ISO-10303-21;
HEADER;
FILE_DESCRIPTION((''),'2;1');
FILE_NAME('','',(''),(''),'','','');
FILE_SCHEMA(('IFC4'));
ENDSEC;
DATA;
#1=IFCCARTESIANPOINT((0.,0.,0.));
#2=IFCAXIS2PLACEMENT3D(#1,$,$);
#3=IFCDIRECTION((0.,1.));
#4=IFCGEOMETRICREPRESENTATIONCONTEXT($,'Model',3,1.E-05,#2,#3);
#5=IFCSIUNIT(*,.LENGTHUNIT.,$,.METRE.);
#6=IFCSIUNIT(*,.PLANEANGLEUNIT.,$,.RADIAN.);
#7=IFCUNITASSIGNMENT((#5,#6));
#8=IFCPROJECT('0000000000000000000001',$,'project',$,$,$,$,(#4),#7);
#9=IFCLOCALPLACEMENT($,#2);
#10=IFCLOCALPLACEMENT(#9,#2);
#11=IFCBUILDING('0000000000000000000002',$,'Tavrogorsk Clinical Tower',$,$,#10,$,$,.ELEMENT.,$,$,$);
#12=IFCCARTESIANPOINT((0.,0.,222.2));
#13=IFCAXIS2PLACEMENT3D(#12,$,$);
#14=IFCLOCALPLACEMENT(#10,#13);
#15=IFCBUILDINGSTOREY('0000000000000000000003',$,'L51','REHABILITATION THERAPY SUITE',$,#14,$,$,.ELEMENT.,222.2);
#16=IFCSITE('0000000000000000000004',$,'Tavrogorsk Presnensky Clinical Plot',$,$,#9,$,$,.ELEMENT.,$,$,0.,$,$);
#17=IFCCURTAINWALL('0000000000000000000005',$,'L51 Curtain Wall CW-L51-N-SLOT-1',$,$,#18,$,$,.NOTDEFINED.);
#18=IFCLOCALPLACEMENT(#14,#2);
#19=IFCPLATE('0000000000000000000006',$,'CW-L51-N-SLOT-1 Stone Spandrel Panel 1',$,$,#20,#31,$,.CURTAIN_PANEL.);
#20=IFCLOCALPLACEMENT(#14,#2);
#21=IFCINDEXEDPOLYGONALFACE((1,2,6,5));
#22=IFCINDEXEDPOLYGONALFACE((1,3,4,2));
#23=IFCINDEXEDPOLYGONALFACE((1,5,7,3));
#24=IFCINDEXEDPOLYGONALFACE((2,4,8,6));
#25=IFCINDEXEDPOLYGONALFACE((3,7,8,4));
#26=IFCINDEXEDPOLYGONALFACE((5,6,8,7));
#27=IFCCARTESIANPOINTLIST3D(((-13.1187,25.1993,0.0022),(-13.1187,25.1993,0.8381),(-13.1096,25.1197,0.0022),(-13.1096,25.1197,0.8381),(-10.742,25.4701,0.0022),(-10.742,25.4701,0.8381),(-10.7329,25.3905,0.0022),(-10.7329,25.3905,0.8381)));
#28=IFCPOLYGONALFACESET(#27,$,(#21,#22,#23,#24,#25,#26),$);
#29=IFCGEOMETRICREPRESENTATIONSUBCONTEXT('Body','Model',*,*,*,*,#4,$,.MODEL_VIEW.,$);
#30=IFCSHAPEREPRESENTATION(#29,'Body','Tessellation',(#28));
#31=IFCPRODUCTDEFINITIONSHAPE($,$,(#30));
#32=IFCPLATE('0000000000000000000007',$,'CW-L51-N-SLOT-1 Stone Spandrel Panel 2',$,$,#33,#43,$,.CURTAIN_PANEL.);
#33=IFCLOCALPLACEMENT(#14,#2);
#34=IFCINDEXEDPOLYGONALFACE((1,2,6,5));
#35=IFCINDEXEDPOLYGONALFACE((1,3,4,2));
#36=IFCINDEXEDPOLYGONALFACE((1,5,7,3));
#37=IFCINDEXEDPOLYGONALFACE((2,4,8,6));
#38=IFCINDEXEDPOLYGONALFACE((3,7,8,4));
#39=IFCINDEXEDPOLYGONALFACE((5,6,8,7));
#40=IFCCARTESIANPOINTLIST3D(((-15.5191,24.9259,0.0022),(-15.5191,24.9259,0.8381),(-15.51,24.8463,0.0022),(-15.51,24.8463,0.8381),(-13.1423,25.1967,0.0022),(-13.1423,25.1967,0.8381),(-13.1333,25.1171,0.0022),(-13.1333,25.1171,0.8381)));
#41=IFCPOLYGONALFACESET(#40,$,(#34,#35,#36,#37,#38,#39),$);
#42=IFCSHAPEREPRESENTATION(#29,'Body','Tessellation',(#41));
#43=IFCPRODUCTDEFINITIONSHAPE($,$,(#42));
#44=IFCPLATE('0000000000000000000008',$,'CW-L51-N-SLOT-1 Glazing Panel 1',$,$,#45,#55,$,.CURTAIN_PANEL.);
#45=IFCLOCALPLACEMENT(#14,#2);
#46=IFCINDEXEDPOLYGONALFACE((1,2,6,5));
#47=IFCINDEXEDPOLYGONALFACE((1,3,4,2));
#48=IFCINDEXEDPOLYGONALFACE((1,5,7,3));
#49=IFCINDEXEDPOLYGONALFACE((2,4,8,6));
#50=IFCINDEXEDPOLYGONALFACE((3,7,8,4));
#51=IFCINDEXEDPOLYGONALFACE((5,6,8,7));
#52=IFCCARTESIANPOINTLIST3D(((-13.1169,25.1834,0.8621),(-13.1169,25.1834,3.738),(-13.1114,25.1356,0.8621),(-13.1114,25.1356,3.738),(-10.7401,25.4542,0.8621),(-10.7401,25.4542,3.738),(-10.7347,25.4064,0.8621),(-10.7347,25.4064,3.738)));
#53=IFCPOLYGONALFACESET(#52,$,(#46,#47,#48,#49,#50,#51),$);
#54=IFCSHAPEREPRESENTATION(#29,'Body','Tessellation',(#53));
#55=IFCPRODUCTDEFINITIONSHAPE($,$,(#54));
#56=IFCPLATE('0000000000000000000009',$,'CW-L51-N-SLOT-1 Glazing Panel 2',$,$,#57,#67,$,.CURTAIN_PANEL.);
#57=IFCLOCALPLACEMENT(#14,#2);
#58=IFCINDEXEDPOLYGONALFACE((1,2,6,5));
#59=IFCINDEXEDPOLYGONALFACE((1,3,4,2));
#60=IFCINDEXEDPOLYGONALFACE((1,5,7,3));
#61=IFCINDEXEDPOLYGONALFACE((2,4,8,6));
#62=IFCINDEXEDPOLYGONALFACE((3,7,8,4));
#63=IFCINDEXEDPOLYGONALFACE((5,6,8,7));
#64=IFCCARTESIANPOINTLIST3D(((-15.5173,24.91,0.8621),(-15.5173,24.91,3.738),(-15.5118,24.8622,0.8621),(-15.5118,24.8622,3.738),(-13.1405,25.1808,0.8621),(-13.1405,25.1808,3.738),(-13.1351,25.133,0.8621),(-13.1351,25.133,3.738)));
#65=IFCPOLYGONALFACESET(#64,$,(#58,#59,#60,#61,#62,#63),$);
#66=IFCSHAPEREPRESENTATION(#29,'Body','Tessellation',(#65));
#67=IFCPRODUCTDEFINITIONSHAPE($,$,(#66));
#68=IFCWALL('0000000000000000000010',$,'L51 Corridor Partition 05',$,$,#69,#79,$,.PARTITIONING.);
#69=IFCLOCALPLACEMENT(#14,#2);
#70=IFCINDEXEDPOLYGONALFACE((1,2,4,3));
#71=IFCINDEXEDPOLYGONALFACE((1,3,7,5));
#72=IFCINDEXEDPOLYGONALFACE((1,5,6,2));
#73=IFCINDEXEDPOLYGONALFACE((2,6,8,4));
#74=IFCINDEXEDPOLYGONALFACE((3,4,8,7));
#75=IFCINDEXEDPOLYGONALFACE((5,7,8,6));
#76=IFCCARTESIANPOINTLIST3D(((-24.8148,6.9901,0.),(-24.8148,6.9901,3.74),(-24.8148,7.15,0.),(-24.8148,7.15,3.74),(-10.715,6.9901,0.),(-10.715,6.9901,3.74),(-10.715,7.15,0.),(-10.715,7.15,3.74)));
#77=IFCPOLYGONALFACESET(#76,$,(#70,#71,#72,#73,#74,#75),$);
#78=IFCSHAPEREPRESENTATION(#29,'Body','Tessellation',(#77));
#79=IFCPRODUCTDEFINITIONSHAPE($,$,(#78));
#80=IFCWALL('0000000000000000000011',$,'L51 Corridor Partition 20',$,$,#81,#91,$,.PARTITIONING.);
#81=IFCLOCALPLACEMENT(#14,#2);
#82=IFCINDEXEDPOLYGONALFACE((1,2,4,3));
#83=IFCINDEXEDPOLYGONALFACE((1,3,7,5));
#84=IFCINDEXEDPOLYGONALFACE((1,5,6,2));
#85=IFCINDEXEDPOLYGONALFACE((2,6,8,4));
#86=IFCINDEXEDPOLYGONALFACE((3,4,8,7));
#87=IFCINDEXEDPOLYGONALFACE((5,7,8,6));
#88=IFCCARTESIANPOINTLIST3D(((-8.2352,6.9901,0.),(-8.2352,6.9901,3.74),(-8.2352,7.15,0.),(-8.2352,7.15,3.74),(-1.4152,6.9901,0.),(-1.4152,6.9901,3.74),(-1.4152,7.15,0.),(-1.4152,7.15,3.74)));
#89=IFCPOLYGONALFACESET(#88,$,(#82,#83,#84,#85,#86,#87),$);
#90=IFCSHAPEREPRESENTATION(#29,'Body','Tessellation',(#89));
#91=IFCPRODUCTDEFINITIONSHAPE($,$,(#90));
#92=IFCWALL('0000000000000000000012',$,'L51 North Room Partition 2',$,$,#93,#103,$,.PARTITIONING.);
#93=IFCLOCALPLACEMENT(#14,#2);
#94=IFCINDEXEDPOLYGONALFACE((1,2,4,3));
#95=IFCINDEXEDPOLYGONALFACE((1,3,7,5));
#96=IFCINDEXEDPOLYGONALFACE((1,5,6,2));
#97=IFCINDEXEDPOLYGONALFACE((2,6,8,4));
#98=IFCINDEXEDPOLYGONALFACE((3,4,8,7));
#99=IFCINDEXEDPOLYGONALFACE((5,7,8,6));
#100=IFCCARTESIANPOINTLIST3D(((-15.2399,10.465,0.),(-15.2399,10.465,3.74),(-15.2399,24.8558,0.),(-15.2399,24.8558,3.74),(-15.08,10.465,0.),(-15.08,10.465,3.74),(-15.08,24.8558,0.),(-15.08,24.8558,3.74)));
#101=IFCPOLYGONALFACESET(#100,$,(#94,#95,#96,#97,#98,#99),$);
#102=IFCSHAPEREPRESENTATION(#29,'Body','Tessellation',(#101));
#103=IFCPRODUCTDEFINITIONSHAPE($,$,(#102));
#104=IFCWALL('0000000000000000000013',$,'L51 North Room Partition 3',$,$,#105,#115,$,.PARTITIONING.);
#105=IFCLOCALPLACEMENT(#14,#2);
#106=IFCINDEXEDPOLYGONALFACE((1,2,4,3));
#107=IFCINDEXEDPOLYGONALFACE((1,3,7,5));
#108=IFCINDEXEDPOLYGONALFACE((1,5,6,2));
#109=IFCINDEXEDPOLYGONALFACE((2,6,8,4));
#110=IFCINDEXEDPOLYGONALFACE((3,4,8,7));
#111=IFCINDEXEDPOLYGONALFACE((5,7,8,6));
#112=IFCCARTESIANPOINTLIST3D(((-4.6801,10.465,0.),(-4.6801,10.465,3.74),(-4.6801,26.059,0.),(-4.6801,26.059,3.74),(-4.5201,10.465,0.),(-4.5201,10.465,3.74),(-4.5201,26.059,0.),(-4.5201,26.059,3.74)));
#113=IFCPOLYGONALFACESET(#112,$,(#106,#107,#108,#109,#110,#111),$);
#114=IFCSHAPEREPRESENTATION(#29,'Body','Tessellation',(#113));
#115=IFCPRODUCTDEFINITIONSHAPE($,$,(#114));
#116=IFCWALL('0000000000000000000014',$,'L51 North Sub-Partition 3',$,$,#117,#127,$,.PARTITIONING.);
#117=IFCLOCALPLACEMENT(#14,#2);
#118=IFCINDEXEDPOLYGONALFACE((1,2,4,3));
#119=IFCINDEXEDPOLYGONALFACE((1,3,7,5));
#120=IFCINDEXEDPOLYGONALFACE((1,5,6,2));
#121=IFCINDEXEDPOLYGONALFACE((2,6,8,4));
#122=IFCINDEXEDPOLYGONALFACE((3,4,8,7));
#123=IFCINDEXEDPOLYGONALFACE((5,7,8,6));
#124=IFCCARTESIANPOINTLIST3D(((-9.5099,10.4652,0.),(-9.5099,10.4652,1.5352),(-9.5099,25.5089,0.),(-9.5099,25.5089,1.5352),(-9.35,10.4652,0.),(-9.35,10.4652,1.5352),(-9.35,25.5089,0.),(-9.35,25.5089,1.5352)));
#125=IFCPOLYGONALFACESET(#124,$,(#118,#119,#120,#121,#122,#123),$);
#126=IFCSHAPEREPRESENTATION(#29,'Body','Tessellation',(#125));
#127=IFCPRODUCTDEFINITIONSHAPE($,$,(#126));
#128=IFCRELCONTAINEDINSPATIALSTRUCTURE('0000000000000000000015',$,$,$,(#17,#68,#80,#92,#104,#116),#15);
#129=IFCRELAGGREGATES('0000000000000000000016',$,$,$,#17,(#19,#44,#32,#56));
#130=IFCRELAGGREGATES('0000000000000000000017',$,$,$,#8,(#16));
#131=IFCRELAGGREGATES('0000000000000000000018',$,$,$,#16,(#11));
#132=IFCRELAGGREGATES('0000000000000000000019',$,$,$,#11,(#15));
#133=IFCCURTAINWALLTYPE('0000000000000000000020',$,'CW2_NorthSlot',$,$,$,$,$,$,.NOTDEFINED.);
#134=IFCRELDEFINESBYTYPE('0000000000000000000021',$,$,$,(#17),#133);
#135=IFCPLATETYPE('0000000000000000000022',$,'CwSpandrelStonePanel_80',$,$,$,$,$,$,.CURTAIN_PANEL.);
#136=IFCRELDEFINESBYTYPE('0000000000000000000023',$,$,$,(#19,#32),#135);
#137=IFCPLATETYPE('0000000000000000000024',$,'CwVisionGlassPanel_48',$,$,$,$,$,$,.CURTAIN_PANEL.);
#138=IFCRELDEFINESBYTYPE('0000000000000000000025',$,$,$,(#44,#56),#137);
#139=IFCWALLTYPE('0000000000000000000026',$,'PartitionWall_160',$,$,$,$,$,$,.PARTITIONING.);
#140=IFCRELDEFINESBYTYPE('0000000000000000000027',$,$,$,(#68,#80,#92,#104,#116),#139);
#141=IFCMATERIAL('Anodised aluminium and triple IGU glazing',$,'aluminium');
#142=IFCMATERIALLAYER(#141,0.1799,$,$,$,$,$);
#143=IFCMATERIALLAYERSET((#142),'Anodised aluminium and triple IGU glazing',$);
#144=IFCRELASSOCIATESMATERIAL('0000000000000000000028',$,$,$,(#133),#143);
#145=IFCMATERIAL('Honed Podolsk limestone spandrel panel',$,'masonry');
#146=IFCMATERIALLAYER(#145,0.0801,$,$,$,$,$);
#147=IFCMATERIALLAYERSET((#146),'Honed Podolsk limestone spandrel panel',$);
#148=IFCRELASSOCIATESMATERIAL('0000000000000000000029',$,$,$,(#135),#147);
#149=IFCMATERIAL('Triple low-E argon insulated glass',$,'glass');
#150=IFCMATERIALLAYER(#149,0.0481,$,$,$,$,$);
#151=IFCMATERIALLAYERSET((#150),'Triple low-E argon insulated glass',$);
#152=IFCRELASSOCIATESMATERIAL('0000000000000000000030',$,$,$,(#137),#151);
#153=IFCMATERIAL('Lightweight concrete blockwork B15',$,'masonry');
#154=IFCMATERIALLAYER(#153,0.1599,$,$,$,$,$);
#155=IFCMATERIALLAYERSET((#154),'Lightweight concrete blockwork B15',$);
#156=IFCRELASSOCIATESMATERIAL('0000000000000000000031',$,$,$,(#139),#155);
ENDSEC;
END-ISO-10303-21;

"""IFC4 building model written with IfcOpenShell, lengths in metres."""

from ifc_helpers import new_model, si_unit, direction, frame, frame_2d, origin, origin_2d, place, context, subcontext, project, spatial, rectangle, extrude, material, layer, layer_set, type_object, element, aggregate, save


model = new_model("IFC4")

# Units and contexts
model_context = context("Model", 3, precision=1e-05, world=origin(), true_north=direction((0.0, 1.0)))
body_context = subcontext(model_context, "Body", "Model", "MODEL_VIEW")
ifc_project = project(units=[si_unit("LENGTHUNIT", "METRE"), si_unit("PLANEANGLEUNIT", "RADIAN")], contexts=[model_context])

# Site, building, storey
site_placement = place(None, origin())
site = spatial("IfcSite", under=ifc_project, at=site_placement, Name="Tavrogorsk Presnensky Clinical Plot", CompositionType="ELEMENT", RefElevation=0.0)
building_placement = place(site_placement, origin())
building = spatial("IfcBuilding", under=site, at=building_placement, Name="Tavrogorsk Clinical Tower", CompositionType="ELEMENT")
storey_placement = place(building_placement, frame((0.0, 0.0, 222.2)))
storey = spatial("IfcBuildingStorey", under=building, at=storey_placement, Name="L51", Description="REHABILITATION THERAPY SUITE", CompositionType="ELEMENT", Elevation=222.2)

# Curtain wall
ifc_material_1 = material(Name="Anodised aluminium and triple IGU glazing", Category="aluminium")
ifc_layer_1 = layer(ifc_material_1, 0.1799)
ifc_layer_set_1 = layer_set([ifc_layer_1], Name="Anodised aluminium and triple IGU glazing")
curtain_wall_type = type_object("IfcCurtainWallType", Name="CW2_NorthSlot", PredefinedType="NOTDEFINED", material=ifc_layer_set_1)
curtain_wall_placement = place(storey_placement, origin())
curtain_wall = element("IfcCurtainWall", 1, at=curtain_wall_placement, inside=storey, type_object=curtain_wall_type, Name="L51 Curtain Wall CW-L51-N-SLOT-1", PredefinedType="NOTDEFINED")

# Plates
ifc_material_2 = material(Name="Honed Podolsk limestone spandrel panel", Category="masonry")
ifc_layer_2 = layer(ifc_material_2, 0.0801)
ifc_layer_set_2 = layer_set([ifc_layer_2], Name="Honed Podolsk limestone spandrel panel")
plate_type_1 = type_object("IfcPlateType", Name="CwSpandrelStonePanel_80", PredefinedType="CURTAIN_PANEL", material=ifc_layer_set_2)
plate_1_placement = place(storey_placement, frame((-11.9258, 25.2949, 0.0022), z_axis=(0.0, 0.0, 1.0), x_axis=(-0.993572, -0.113203, 0.0)))
plate_1 = element("IfcPlate", 2, at=plate_1_placement, type_object=plate_type_1, Name="CW-L51-N-SLOT-1 Stone Spandrel Panel 1", PredefinedType="CURTAIN_PANEL", context=body_context, shape_type="SweptSolid", body=[
    extrude(rectangle(XDim=2.3921, YDim=0.0801, at=origin_2d()), origin(), (0.0, 0.0, 1.0), 0.8359),
])
plate_2_placement = place(storey_placement, frame((-14.3262, 25.0215, 0.0022), z_axis=(0.0, 0.0, 1.0), x_axis=(-0.993572, -0.113203, 0.0)))
plate_2 = element("IfcPlate", 3, at=plate_2_placement, type_object=plate_type_1, Name="CW-L51-N-SLOT-1 Stone Spandrel Panel 2", PredefinedType="CURTAIN_PANEL", context=body_context, shape_type="SweptSolid", body=[
    extrude(rectangle(XDim=2.3921, YDim=0.0801, at=origin_2d()), origin(), (0.0, 0.0, 1.0), 0.8359),
])
ifc_material_3 = material(Name="Triple low-E argon insulated glass", Category="glass")
ifc_layer_3 = layer(ifc_material_3, 0.0481)
ifc_layer_set_3 = layer_set([ifc_layer_3], Name="Triple low-E argon insulated glass")
plate_type_2 = type_object("IfcPlateType", Name="CwVisionGlassPanel_48", PredefinedType="CURTAIN_PANEL", material=ifc_layer_set_3)
plate_3_placement = place(storey_placement, frame((-11.9258, 25.2949, 0.8621), z_axis=(0.0, 0.0, 1.0), x_axis=(-0.993572, -0.113203, 0.0)))
plate_3 = element("IfcPlate", 4, at=plate_3_placement, type_object=plate_type_2, Name="CW-L51-N-SLOT-1 Glazing Panel 1", PredefinedType="CURTAIN_PANEL", context=body_context, shape_type="SweptSolid", body=[
    extrude(rectangle(XDim=2.3921, YDim=0.0481, at=origin_2d()), origin(), (0.0, 0.0, 1.0), 2.876),
])
plate_4_placement = place(storey_placement, frame((-14.3262, 25.0215, 0.8621), z_axis=(0.0, 0.0, 1.0), x_axis=(-0.993572, -0.113203, 0.0)))
plate_4 = element("IfcPlate", 5, at=plate_4_placement, type_object=plate_type_2, Name="CW-L51-N-SLOT-1 Glazing Panel 2", PredefinedType="CURTAIN_PANEL", context=body_context, shape_type="SweptSolid", body=[
    extrude(rectangle(XDim=2.3921, YDim=0.0481, at=origin_2d()), origin(), (0.0, 0.0, 1.0), 2.876),
])
aggregate(curtain_wall, [plate_1, plate_3, plate_2, plate_4])

# Walls
ifc_material_4 = material(Name="Lightweight concrete blockwork B15", Category="masonry")
ifc_layer_4 = layer(ifc_material_4, 0.1599)
ifc_layer_set_4 = layer_set([ifc_layer_4], Name="Lightweight concrete blockwork B15")
wall_type_1 = type_object("IfcWallType", Name="PartitionWall_160", PredefinedType="PARTITIONING", material=ifc_layer_set_4)
wall_1_placement = place(storey_placement, frame((-10.7151, 7.0701, 0.0), z_axis=(0.0, 0.0, 1.0), x_axis=(-1.0, 0.0, 0.0)))
element("IfcWall", 6, at=wall_1_placement, inside=storey, type_object=wall_type_1, Name="L51 Corridor Partition 05", PredefinedType="PARTITIONING", context=body_context, shape_type="SweptSolid", body=[
    extrude(rectangle(XDim=14.0999, YDim=0.1599, at=frame_2d((7.0498, 0.0))), origin(), (0.0, 0.0, 1.0), 3.74),
])
wall_2_placement = place(storey_placement, frame((-1.415, 7.0701, 0.0), z_axis=(0.0, 0.0, 1.0), x_axis=(-1.0, 0.0, 0.0)))
element("IfcWall", 7, at=wall_2_placement, inside=storey, type_object=wall_type_1, Name="L51 Corridor Partition 20", PredefinedType="PARTITIONING", context=body_context, shape_type="SweptSolid", body=[
    extrude(rectangle(XDim=6.8201, YDim=0.1599, at=frame_2d((3.4102, 0.0))), origin(), (0.0, 0.0, 1.0), 3.74),
])
wall_3_placement = place(storey_placement, frame((-15.1599, 10.4651, 0.0), z_axis=(0.0, 0.0, 1.0), x_axis=(0.0, 1.0, 0.0)))
element("IfcWall", 8, at=wall_3_placement, inside=storey, type_object=wall_type_1, Name="L51 North Room Partition 2", PredefinedType="PARTITIONING", context=body_context, shape_type="SweptSolid", body=[
    extrude(rectangle(XDim=14.3909, YDim=0.1599, at=frame_2d((7.1953, 0.0))), origin(), (0.0, 0.0, 1.0), 3.74),
])
wall_4_placement = place(storey_placement, frame((-4.6001, 10.4651, 0.0), z_axis=(0.0, 0.0, 1.0), x_axis=(0.0, 1.0, 0.0)))
element("IfcWall", 9, at=wall_4_placement, inside=storey, type_object=wall_type_1, Name="L51 North Room Partition 3", PredefinedType="PARTITIONING", context=body_context, shape_type="SweptSolid", body=[
    extrude(rectangle(XDim=15.594, YDim=0.1599, at=frame_2d((7.7969, 0.0))), origin(), (0.0, 0.0, 1.0), 3.74),
])
wall_5_placement = place(storey_placement, frame((-9.4299, 10.4651, 0.0), z_axis=(0.0, 0.0, 1.0), x_axis=(0.0, 1.0, 0.0)))
element("IfcWall", 10, at=wall_5_placement, inside=storey, type_object=wall_type_1, Name="L51 North Sub-Partition 3", PredefinedType="PARTITIONING", context=body_context, shape_type="SweptSolid", body=[
    extrude(rectangle(XDim=15.0437, YDim=0.1599, at=frame_2d((7.522, 0.0))), origin(), (0.0, 0.0, 1.0), 1.5352),
])

save(model, "model.ifc")
